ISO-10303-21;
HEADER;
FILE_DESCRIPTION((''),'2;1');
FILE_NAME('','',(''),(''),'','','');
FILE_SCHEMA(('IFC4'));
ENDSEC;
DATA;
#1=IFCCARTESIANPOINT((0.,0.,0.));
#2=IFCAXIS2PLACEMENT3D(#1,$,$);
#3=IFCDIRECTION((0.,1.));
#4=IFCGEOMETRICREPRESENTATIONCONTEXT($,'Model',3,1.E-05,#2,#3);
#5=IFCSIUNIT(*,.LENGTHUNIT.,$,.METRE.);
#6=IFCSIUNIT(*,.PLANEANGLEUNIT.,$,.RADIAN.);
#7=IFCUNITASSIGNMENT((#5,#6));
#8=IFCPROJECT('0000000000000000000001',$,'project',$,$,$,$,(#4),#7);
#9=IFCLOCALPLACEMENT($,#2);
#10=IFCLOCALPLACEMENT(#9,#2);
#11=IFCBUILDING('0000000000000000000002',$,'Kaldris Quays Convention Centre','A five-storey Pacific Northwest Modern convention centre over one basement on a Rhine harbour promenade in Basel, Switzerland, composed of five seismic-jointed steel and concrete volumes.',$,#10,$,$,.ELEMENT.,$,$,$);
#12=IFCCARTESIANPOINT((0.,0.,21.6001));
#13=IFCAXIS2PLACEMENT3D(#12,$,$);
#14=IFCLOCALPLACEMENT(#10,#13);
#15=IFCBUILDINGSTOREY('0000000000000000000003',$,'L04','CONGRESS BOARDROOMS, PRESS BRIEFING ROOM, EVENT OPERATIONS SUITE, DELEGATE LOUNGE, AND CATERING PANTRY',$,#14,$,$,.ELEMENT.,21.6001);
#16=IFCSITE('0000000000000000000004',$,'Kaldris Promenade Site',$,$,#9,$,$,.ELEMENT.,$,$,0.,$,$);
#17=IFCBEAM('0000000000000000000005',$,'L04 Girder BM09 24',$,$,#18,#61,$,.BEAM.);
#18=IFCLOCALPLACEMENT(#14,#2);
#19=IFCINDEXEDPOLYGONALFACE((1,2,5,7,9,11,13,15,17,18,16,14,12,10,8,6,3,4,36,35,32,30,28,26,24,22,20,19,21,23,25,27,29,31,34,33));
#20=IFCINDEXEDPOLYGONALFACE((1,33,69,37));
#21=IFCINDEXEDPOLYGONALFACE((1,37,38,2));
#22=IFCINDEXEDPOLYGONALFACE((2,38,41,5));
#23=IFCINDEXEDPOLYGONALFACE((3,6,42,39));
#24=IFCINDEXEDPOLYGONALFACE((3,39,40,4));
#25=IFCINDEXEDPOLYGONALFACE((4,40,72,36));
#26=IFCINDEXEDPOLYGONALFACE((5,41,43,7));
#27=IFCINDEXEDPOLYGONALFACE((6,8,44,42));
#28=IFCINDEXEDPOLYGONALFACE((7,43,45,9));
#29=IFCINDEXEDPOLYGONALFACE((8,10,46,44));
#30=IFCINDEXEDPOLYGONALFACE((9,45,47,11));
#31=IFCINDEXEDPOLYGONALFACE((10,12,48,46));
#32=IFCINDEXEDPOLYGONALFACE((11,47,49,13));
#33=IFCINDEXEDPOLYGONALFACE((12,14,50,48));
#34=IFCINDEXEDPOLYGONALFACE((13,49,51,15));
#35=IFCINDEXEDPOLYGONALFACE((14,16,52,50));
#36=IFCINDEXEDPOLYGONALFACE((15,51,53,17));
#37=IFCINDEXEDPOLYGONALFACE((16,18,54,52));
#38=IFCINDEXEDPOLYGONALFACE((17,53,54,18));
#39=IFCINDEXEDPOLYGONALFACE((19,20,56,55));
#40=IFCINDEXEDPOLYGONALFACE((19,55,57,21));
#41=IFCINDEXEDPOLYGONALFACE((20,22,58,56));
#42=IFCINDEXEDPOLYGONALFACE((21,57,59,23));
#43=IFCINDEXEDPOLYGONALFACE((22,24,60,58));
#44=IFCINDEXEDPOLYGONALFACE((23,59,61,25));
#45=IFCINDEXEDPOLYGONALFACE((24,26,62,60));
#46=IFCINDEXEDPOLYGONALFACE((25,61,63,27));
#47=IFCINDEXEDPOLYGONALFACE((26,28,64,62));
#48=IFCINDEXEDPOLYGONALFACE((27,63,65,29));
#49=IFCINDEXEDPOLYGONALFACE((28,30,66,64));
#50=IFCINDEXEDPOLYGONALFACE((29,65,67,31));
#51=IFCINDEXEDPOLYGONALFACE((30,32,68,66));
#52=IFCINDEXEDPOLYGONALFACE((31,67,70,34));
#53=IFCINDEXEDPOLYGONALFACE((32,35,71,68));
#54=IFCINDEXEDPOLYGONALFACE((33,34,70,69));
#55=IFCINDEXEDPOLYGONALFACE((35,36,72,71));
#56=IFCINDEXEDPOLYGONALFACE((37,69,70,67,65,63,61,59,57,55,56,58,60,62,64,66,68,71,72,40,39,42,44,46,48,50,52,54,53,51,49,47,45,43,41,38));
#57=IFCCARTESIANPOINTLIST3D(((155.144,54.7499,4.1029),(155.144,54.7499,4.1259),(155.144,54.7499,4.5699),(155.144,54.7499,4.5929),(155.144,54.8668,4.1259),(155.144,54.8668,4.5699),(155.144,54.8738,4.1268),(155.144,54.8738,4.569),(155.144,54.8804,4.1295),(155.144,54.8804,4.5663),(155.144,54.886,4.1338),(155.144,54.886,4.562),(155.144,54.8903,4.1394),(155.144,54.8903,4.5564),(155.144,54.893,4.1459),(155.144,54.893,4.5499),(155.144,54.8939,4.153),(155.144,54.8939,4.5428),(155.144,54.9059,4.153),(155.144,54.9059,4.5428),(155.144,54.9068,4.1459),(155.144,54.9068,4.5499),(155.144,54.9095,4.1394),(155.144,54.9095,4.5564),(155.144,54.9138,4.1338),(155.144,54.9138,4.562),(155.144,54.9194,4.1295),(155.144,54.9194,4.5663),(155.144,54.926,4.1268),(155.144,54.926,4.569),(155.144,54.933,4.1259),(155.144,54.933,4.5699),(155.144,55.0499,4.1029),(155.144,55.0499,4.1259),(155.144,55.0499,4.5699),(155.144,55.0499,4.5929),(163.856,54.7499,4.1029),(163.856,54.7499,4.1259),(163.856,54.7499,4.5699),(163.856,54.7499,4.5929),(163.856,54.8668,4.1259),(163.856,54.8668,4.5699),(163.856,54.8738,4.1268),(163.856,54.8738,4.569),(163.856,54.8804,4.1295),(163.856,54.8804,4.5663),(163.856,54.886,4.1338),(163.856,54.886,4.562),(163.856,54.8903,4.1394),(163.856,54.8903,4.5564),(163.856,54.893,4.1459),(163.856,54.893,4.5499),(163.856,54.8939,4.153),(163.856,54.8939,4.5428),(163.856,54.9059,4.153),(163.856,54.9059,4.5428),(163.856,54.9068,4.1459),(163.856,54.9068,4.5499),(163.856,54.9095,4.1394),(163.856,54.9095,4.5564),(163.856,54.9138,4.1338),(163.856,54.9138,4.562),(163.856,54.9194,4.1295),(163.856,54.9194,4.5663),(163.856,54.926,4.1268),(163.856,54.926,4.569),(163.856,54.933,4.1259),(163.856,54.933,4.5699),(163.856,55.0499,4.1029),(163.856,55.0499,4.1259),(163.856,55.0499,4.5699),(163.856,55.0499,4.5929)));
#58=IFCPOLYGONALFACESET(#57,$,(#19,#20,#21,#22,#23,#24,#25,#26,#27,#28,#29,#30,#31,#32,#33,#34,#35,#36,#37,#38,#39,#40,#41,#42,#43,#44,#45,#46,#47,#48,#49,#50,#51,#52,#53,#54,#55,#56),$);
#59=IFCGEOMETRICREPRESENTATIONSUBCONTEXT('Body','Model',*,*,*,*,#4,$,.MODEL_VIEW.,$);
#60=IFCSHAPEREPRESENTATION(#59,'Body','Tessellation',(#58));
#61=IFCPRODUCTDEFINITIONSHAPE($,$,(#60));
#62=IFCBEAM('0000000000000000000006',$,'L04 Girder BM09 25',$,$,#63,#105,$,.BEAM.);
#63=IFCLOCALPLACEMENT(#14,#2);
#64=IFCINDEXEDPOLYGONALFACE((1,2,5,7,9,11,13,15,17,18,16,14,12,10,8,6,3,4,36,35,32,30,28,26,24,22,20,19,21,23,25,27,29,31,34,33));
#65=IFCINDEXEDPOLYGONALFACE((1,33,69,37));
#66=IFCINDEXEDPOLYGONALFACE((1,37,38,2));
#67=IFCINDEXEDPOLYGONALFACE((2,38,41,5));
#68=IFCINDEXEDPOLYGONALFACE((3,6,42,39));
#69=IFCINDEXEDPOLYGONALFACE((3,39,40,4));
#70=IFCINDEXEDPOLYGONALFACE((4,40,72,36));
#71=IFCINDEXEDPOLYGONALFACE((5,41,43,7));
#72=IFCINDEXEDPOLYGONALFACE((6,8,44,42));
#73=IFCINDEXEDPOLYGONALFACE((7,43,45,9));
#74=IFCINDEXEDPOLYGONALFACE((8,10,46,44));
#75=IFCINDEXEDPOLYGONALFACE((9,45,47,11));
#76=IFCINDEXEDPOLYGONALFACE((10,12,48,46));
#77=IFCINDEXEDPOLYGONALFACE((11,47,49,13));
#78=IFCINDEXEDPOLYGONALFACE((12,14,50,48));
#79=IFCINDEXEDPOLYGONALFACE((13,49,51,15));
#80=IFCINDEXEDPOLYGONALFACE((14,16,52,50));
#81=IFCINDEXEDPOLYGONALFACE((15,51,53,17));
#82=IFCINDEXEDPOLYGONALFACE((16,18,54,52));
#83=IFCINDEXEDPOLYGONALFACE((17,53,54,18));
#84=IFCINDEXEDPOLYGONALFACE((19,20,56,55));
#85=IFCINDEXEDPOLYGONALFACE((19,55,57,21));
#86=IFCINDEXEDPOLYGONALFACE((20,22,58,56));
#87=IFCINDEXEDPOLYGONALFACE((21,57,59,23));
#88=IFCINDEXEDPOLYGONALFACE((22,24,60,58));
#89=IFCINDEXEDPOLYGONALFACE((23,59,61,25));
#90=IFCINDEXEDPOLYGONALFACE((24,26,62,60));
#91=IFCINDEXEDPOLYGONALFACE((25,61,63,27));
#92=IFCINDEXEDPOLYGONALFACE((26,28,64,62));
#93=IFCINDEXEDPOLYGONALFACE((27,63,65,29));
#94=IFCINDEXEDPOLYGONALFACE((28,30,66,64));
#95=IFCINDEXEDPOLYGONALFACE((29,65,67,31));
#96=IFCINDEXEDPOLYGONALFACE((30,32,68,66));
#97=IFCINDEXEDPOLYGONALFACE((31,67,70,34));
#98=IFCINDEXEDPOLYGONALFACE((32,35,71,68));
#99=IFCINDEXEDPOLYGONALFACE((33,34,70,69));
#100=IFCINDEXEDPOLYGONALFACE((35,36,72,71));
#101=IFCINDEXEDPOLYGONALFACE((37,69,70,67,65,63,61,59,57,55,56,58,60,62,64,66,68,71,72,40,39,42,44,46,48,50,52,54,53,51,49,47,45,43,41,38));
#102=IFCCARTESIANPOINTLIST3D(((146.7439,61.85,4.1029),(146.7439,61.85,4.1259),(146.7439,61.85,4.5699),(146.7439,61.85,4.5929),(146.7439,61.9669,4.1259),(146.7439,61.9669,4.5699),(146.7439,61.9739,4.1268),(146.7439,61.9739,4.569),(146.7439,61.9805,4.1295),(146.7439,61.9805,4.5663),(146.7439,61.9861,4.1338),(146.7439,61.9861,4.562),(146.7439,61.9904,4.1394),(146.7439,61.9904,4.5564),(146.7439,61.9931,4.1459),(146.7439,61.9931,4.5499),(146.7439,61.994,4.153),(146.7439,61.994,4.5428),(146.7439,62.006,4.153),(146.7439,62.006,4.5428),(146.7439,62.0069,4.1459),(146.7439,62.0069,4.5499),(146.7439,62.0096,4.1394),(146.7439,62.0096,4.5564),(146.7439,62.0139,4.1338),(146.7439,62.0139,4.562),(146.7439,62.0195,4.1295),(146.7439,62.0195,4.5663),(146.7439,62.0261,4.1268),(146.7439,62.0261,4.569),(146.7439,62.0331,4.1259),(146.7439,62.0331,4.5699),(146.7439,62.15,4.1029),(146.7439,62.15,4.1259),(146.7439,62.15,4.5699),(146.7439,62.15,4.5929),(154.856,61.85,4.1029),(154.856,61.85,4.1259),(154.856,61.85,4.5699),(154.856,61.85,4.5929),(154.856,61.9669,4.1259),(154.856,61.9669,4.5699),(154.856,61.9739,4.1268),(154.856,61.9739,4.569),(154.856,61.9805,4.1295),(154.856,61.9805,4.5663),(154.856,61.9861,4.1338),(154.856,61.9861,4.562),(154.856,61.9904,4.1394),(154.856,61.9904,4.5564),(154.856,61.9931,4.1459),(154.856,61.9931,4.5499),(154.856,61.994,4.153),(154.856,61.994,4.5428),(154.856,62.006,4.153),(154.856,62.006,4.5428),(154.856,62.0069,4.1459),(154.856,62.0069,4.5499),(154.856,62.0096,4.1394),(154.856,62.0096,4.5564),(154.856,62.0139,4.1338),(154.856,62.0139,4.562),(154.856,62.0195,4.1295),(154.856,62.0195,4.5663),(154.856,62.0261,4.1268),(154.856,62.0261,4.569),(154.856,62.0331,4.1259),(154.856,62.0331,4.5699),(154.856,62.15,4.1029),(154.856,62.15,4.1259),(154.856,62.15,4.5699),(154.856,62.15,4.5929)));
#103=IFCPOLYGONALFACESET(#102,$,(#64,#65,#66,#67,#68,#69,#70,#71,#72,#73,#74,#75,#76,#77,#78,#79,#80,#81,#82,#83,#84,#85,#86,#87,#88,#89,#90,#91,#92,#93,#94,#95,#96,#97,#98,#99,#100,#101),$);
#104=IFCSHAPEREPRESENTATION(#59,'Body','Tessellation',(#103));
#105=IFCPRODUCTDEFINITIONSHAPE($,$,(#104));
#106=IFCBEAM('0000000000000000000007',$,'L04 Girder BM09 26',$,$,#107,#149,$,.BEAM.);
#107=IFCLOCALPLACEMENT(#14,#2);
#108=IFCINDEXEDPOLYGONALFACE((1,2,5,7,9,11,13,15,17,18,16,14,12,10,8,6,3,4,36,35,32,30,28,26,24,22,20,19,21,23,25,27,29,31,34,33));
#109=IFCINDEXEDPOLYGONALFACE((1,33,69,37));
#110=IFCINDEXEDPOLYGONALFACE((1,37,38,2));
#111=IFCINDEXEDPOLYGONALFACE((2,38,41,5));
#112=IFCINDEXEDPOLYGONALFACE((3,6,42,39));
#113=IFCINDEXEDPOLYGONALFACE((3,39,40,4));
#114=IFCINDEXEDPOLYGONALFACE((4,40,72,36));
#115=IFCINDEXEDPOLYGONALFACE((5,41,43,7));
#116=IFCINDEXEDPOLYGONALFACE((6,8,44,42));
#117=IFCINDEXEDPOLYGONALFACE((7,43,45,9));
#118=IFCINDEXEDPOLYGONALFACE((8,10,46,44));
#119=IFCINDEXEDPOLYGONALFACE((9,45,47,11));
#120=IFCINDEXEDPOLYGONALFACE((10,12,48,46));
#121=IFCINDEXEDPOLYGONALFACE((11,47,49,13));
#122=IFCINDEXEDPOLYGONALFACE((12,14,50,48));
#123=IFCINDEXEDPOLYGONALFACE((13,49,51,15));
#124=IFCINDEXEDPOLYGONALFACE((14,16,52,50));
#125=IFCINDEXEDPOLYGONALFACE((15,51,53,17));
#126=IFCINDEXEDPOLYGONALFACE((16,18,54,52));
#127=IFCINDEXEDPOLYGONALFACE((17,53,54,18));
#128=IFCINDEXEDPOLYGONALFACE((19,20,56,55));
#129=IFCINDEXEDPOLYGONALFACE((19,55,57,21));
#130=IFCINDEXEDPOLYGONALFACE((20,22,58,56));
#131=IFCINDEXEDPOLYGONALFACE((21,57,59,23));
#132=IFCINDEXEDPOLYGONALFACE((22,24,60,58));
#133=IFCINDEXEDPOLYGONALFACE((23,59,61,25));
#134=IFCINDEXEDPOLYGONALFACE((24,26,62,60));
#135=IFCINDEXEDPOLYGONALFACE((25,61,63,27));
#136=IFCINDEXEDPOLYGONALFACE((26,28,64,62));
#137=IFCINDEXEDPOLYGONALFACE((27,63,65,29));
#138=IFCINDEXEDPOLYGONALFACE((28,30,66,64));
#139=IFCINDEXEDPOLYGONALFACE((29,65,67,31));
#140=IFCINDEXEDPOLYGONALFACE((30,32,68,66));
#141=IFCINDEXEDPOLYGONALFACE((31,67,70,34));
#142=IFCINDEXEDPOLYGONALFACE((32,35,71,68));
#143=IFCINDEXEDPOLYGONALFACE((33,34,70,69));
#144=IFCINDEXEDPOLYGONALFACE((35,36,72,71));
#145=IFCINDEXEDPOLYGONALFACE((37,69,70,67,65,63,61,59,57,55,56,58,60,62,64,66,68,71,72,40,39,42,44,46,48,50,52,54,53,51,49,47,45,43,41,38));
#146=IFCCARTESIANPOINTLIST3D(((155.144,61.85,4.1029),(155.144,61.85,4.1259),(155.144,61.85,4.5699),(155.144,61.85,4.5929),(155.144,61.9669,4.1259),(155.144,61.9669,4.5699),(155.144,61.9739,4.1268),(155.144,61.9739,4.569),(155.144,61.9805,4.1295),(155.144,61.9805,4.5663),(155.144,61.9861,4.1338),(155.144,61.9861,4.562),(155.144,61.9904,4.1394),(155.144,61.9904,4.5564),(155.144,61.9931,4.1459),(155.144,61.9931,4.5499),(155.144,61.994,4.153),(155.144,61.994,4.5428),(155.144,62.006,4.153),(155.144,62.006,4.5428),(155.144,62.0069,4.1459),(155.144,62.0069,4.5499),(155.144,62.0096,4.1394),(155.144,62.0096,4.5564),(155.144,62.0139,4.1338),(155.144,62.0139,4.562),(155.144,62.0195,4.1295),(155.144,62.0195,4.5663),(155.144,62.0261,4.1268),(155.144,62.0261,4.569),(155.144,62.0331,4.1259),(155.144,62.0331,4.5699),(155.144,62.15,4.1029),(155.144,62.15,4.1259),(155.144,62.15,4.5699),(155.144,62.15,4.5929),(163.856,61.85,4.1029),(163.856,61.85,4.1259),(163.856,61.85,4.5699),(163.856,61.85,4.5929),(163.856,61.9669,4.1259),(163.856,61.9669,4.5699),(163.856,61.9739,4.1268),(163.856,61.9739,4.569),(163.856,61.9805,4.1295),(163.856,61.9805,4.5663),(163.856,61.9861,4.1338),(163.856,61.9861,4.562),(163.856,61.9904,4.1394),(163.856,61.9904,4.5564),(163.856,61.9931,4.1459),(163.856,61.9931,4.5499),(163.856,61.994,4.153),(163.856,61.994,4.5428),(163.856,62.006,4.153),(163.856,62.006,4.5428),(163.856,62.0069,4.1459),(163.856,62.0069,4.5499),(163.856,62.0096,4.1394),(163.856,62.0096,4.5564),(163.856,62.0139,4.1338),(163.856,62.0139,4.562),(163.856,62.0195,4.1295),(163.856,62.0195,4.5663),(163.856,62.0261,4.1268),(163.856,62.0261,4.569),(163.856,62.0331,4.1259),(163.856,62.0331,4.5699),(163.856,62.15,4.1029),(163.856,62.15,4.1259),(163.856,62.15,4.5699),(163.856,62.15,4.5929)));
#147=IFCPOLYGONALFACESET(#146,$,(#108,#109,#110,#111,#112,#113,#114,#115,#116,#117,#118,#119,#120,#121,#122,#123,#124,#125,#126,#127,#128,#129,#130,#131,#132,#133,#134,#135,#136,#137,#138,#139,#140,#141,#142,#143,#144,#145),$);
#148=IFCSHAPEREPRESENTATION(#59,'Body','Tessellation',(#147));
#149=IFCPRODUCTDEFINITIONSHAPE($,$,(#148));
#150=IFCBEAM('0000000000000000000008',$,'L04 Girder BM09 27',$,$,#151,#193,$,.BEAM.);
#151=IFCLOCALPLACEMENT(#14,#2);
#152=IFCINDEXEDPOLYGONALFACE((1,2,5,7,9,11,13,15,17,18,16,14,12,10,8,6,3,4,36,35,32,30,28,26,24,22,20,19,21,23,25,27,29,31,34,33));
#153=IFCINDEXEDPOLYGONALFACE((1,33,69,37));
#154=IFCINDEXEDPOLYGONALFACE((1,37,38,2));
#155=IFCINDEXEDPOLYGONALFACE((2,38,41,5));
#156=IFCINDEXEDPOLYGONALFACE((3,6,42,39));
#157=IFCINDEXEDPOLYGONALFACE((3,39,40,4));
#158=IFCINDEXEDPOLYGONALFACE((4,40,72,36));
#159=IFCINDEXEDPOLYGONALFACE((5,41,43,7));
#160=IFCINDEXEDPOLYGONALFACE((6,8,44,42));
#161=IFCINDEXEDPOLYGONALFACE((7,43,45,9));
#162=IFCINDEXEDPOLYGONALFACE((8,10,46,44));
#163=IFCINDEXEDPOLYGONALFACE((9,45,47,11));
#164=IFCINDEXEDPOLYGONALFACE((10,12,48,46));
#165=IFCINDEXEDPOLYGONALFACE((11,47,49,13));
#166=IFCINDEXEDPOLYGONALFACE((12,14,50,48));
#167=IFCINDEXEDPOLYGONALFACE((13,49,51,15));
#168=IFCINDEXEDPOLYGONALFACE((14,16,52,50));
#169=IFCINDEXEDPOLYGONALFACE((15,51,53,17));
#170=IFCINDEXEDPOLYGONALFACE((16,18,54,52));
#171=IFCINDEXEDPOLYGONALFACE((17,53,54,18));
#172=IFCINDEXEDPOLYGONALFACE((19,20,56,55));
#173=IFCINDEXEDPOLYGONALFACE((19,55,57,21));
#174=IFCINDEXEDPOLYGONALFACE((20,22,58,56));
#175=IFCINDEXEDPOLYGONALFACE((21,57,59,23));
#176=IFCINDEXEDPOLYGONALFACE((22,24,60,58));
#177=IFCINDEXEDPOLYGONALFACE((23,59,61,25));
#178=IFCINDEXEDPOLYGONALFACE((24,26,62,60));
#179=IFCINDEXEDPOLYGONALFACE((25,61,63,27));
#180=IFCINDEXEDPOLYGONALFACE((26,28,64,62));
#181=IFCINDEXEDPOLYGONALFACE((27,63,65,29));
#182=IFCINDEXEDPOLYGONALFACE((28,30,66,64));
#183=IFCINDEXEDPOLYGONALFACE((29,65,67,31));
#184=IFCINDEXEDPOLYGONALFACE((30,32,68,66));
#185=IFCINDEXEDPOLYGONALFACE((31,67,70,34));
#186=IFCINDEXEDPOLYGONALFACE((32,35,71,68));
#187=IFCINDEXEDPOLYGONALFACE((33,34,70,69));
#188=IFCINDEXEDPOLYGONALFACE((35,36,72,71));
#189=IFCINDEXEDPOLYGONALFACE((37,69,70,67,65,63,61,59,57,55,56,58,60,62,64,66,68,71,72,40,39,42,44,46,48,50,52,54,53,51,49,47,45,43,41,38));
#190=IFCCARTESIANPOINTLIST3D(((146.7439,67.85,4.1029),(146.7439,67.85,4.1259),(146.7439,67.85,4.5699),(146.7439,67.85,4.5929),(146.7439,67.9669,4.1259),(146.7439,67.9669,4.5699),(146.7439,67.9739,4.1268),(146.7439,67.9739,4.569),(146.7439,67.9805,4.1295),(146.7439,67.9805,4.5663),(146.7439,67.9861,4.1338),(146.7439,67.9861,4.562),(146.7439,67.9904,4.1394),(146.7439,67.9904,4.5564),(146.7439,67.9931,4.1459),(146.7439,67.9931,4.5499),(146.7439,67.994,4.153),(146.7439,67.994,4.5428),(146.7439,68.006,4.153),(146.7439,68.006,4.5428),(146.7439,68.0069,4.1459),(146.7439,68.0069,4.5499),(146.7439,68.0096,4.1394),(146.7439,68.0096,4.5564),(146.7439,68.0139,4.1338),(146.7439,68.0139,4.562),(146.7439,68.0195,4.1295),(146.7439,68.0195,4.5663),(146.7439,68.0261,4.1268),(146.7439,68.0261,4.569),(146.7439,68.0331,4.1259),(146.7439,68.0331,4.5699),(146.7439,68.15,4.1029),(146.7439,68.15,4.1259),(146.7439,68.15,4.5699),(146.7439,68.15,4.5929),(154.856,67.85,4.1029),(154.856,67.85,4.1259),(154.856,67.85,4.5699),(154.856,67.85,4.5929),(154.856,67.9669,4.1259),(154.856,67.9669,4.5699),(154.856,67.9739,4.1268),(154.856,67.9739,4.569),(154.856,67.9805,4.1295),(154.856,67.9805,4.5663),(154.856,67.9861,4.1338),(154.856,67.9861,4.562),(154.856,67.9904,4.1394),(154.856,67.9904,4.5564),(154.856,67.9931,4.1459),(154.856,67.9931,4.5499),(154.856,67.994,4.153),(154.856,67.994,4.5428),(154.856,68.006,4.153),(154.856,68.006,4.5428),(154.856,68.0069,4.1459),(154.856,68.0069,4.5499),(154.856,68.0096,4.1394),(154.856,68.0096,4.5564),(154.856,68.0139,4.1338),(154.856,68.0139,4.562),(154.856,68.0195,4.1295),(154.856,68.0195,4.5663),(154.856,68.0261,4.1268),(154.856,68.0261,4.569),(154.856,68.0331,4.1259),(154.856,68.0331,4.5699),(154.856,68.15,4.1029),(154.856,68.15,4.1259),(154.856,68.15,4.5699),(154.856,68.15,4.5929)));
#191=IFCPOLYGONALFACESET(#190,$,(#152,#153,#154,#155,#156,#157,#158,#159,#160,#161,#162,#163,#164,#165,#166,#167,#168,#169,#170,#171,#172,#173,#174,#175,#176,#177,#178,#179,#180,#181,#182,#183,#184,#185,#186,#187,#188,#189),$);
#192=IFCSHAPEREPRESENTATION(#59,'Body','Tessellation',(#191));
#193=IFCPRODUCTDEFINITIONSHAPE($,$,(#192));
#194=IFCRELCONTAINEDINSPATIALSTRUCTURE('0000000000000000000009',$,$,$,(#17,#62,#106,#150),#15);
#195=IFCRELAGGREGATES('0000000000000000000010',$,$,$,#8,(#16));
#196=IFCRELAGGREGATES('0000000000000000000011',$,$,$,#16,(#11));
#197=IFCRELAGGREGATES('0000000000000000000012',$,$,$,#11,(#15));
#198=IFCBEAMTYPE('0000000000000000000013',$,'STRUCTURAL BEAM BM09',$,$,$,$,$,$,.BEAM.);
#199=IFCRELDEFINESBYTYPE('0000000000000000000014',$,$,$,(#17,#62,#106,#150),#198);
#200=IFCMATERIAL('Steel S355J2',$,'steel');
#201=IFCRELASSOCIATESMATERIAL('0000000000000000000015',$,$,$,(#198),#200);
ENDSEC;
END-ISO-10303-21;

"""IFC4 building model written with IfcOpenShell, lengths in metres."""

from ifc_helpers import new_model, si_unit, direction, frame, origin, origin_2d, place, context, subcontext, project, spatial, i_section, extrude, material, material_profile, profile_set, type_object, element, save


model = new_model("IFC4")

# Units and contexts
model_context = context("Model", 3, precision=1e-05, world=origin(), true_north=direction((0.0, 1.0)))
body_context = subcontext(model_context, "Body", "Model", "MODEL_VIEW")
ifc_project = project(units=[si_unit("LENGTHUNIT", "METRE"), si_unit("PLANEANGLEUNIT", "RADIAN")], contexts=[model_context])

# Site, building, storey
site_placement = place(None, origin())
site = spatial("IfcSite", under=ifc_project, at=site_placement, Name="Kaldris Promenade Site", CompositionType="ELEMENT", RefElevation=0.0)
building_placement = place(site_placement, origin())
building = spatial("IfcBuilding", under=site, at=building_placement, Name="Kaldris Quays Convention Centre", Description="A five-storey Pacific Northwest Modern convention centre over one basement on a Rhine harbour promenade in Basel, Switzerland, composed of five seismic-jointed steel and concrete volumes.", CompositionType="ELEMENT")
storey_placement = place(building_placement, frame((0.0, 0.0, 21.6001)))
storey = spatial("IfcBuildingStorey", under=building, at=storey_placement, Name="L04", Description="CONGRESS BOARDROOMS, PRESS BRIEFING ROOM, EVENT OPERATIONS SUITE, DELEGATE LOUNGE, AND CATERING PANTRY", CompositionType="ELEMENT", Elevation=21.6001)

# Shared definitions
ifc_material_1 = material(Name="Steel S355J2", Category="steel")

# Beams
ifc_material_profile_1 = material_profile(ifc_material_1, i_section(OverallWidth=0.3, OverallDepth=0.49, WebThickness=0.012, FlangeThickness=0.0229, FilletRadius=0.0271, at=origin_2d()), Name="HEA 500")
ifc_profile_set_1 = profile_set([ifc_material_profile_1], Name="Steel S355J2")
beam_type_1 = type_object("IfcBeamType", Name="STRUCTURAL BEAM BM09", PredefinedType="BEAM", material=ifc_profile_set_1)
beam_1_placement = place(storey_placement, frame((155.144, 54.8999, 4.3479), z_axis=(1.0, 0.0, 0.0), x_axis=(0.0, 1.0, 0.0)))
element("IfcBeam", 1, at=beam_1_placement, inside=storey, type_object=beam_type_1, Name="L04 Girder BM09 24", PredefinedType="BEAM", context=body_context, shape_type="SweptSolid", body=[
    extrude(i_section(OverallWidth=0.3, OverallDepth=0.49, WebThickness=0.012, FlangeThickness=0.0229, FilletRadius=0.0271, at=origin_2d()), origin(), (0.0, 0.0, 1.0), 8.7119),
])
beam_2_placement = place(storey_placement, frame((146.7439, 62.0, 4.3479), z_axis=(1.0, 0.0, 0.0), x_axis=(0.0, 1.0, 0.0)))
element("IfcBeam", 2, at=beam_2_placement, inside=storey, type_object=beam_type_1, Name="L04 Girder BM09 25", PredefinedType="BEAM", context=body_context, shape_type="SweptSolid", body=[
    extrude(i_section(OverallWidth=0.3, OverallDepth=0.49, WebThickness=0.012, FlangeThickness=0.0229, FilletRadius=0.0271, at=origin_2d()), origin(), (0.0, 0.0, 1.0), 8.1121),
])
beam_3_placement = place(storey_placement, frame((155.144, 62.0, 4.3479), z_axis=(1.0, 0.0, 0.0), x_axis=(0.0, 1.0, 0.0)))
element("IfcBeam", 3, at=beam_3_placement, inside=storey, type_object=beam_type_1, Name="L04 Girder BM09 26", PredefinedType="BEAM", context=body_context, shape_type="SweptSolid", body=[
    extrude(i_section(OverallWidth=0.3, OverallDepth=0.49, WebThickness=0.012, FlangeThickness=0.0229, FilletRadius=0.0271, at=origin_2d()), origin(), (0.0, 0.0, 1.0), 8.7119),
])
beam_4_placement = place(storey_placement, frame((146.7439, 68.0, 4.3479), z_axis=(1.0, 0.0, 0.0), x_axis=(0.0, 1.0, 0.0)))
element("IfcBeam", 4, at=beam_4_placement, inside=storey, type_object=beam_type_1, Name="L04 Girder BM09 27", PredefinedType="BEAM", context=body_context, shape_type="SweptSolid", body=[
    extrude(i_section(OverallWidth=0.3, OverallDepth=0.49, WebThickness=0.012, FlangeThickness=0.0229, FilletRadius=0.0271, at=origin_2d()), origin(), (0.0, 0.0, 1.0), 8.1121),
])

save(model, "model.ifc")
